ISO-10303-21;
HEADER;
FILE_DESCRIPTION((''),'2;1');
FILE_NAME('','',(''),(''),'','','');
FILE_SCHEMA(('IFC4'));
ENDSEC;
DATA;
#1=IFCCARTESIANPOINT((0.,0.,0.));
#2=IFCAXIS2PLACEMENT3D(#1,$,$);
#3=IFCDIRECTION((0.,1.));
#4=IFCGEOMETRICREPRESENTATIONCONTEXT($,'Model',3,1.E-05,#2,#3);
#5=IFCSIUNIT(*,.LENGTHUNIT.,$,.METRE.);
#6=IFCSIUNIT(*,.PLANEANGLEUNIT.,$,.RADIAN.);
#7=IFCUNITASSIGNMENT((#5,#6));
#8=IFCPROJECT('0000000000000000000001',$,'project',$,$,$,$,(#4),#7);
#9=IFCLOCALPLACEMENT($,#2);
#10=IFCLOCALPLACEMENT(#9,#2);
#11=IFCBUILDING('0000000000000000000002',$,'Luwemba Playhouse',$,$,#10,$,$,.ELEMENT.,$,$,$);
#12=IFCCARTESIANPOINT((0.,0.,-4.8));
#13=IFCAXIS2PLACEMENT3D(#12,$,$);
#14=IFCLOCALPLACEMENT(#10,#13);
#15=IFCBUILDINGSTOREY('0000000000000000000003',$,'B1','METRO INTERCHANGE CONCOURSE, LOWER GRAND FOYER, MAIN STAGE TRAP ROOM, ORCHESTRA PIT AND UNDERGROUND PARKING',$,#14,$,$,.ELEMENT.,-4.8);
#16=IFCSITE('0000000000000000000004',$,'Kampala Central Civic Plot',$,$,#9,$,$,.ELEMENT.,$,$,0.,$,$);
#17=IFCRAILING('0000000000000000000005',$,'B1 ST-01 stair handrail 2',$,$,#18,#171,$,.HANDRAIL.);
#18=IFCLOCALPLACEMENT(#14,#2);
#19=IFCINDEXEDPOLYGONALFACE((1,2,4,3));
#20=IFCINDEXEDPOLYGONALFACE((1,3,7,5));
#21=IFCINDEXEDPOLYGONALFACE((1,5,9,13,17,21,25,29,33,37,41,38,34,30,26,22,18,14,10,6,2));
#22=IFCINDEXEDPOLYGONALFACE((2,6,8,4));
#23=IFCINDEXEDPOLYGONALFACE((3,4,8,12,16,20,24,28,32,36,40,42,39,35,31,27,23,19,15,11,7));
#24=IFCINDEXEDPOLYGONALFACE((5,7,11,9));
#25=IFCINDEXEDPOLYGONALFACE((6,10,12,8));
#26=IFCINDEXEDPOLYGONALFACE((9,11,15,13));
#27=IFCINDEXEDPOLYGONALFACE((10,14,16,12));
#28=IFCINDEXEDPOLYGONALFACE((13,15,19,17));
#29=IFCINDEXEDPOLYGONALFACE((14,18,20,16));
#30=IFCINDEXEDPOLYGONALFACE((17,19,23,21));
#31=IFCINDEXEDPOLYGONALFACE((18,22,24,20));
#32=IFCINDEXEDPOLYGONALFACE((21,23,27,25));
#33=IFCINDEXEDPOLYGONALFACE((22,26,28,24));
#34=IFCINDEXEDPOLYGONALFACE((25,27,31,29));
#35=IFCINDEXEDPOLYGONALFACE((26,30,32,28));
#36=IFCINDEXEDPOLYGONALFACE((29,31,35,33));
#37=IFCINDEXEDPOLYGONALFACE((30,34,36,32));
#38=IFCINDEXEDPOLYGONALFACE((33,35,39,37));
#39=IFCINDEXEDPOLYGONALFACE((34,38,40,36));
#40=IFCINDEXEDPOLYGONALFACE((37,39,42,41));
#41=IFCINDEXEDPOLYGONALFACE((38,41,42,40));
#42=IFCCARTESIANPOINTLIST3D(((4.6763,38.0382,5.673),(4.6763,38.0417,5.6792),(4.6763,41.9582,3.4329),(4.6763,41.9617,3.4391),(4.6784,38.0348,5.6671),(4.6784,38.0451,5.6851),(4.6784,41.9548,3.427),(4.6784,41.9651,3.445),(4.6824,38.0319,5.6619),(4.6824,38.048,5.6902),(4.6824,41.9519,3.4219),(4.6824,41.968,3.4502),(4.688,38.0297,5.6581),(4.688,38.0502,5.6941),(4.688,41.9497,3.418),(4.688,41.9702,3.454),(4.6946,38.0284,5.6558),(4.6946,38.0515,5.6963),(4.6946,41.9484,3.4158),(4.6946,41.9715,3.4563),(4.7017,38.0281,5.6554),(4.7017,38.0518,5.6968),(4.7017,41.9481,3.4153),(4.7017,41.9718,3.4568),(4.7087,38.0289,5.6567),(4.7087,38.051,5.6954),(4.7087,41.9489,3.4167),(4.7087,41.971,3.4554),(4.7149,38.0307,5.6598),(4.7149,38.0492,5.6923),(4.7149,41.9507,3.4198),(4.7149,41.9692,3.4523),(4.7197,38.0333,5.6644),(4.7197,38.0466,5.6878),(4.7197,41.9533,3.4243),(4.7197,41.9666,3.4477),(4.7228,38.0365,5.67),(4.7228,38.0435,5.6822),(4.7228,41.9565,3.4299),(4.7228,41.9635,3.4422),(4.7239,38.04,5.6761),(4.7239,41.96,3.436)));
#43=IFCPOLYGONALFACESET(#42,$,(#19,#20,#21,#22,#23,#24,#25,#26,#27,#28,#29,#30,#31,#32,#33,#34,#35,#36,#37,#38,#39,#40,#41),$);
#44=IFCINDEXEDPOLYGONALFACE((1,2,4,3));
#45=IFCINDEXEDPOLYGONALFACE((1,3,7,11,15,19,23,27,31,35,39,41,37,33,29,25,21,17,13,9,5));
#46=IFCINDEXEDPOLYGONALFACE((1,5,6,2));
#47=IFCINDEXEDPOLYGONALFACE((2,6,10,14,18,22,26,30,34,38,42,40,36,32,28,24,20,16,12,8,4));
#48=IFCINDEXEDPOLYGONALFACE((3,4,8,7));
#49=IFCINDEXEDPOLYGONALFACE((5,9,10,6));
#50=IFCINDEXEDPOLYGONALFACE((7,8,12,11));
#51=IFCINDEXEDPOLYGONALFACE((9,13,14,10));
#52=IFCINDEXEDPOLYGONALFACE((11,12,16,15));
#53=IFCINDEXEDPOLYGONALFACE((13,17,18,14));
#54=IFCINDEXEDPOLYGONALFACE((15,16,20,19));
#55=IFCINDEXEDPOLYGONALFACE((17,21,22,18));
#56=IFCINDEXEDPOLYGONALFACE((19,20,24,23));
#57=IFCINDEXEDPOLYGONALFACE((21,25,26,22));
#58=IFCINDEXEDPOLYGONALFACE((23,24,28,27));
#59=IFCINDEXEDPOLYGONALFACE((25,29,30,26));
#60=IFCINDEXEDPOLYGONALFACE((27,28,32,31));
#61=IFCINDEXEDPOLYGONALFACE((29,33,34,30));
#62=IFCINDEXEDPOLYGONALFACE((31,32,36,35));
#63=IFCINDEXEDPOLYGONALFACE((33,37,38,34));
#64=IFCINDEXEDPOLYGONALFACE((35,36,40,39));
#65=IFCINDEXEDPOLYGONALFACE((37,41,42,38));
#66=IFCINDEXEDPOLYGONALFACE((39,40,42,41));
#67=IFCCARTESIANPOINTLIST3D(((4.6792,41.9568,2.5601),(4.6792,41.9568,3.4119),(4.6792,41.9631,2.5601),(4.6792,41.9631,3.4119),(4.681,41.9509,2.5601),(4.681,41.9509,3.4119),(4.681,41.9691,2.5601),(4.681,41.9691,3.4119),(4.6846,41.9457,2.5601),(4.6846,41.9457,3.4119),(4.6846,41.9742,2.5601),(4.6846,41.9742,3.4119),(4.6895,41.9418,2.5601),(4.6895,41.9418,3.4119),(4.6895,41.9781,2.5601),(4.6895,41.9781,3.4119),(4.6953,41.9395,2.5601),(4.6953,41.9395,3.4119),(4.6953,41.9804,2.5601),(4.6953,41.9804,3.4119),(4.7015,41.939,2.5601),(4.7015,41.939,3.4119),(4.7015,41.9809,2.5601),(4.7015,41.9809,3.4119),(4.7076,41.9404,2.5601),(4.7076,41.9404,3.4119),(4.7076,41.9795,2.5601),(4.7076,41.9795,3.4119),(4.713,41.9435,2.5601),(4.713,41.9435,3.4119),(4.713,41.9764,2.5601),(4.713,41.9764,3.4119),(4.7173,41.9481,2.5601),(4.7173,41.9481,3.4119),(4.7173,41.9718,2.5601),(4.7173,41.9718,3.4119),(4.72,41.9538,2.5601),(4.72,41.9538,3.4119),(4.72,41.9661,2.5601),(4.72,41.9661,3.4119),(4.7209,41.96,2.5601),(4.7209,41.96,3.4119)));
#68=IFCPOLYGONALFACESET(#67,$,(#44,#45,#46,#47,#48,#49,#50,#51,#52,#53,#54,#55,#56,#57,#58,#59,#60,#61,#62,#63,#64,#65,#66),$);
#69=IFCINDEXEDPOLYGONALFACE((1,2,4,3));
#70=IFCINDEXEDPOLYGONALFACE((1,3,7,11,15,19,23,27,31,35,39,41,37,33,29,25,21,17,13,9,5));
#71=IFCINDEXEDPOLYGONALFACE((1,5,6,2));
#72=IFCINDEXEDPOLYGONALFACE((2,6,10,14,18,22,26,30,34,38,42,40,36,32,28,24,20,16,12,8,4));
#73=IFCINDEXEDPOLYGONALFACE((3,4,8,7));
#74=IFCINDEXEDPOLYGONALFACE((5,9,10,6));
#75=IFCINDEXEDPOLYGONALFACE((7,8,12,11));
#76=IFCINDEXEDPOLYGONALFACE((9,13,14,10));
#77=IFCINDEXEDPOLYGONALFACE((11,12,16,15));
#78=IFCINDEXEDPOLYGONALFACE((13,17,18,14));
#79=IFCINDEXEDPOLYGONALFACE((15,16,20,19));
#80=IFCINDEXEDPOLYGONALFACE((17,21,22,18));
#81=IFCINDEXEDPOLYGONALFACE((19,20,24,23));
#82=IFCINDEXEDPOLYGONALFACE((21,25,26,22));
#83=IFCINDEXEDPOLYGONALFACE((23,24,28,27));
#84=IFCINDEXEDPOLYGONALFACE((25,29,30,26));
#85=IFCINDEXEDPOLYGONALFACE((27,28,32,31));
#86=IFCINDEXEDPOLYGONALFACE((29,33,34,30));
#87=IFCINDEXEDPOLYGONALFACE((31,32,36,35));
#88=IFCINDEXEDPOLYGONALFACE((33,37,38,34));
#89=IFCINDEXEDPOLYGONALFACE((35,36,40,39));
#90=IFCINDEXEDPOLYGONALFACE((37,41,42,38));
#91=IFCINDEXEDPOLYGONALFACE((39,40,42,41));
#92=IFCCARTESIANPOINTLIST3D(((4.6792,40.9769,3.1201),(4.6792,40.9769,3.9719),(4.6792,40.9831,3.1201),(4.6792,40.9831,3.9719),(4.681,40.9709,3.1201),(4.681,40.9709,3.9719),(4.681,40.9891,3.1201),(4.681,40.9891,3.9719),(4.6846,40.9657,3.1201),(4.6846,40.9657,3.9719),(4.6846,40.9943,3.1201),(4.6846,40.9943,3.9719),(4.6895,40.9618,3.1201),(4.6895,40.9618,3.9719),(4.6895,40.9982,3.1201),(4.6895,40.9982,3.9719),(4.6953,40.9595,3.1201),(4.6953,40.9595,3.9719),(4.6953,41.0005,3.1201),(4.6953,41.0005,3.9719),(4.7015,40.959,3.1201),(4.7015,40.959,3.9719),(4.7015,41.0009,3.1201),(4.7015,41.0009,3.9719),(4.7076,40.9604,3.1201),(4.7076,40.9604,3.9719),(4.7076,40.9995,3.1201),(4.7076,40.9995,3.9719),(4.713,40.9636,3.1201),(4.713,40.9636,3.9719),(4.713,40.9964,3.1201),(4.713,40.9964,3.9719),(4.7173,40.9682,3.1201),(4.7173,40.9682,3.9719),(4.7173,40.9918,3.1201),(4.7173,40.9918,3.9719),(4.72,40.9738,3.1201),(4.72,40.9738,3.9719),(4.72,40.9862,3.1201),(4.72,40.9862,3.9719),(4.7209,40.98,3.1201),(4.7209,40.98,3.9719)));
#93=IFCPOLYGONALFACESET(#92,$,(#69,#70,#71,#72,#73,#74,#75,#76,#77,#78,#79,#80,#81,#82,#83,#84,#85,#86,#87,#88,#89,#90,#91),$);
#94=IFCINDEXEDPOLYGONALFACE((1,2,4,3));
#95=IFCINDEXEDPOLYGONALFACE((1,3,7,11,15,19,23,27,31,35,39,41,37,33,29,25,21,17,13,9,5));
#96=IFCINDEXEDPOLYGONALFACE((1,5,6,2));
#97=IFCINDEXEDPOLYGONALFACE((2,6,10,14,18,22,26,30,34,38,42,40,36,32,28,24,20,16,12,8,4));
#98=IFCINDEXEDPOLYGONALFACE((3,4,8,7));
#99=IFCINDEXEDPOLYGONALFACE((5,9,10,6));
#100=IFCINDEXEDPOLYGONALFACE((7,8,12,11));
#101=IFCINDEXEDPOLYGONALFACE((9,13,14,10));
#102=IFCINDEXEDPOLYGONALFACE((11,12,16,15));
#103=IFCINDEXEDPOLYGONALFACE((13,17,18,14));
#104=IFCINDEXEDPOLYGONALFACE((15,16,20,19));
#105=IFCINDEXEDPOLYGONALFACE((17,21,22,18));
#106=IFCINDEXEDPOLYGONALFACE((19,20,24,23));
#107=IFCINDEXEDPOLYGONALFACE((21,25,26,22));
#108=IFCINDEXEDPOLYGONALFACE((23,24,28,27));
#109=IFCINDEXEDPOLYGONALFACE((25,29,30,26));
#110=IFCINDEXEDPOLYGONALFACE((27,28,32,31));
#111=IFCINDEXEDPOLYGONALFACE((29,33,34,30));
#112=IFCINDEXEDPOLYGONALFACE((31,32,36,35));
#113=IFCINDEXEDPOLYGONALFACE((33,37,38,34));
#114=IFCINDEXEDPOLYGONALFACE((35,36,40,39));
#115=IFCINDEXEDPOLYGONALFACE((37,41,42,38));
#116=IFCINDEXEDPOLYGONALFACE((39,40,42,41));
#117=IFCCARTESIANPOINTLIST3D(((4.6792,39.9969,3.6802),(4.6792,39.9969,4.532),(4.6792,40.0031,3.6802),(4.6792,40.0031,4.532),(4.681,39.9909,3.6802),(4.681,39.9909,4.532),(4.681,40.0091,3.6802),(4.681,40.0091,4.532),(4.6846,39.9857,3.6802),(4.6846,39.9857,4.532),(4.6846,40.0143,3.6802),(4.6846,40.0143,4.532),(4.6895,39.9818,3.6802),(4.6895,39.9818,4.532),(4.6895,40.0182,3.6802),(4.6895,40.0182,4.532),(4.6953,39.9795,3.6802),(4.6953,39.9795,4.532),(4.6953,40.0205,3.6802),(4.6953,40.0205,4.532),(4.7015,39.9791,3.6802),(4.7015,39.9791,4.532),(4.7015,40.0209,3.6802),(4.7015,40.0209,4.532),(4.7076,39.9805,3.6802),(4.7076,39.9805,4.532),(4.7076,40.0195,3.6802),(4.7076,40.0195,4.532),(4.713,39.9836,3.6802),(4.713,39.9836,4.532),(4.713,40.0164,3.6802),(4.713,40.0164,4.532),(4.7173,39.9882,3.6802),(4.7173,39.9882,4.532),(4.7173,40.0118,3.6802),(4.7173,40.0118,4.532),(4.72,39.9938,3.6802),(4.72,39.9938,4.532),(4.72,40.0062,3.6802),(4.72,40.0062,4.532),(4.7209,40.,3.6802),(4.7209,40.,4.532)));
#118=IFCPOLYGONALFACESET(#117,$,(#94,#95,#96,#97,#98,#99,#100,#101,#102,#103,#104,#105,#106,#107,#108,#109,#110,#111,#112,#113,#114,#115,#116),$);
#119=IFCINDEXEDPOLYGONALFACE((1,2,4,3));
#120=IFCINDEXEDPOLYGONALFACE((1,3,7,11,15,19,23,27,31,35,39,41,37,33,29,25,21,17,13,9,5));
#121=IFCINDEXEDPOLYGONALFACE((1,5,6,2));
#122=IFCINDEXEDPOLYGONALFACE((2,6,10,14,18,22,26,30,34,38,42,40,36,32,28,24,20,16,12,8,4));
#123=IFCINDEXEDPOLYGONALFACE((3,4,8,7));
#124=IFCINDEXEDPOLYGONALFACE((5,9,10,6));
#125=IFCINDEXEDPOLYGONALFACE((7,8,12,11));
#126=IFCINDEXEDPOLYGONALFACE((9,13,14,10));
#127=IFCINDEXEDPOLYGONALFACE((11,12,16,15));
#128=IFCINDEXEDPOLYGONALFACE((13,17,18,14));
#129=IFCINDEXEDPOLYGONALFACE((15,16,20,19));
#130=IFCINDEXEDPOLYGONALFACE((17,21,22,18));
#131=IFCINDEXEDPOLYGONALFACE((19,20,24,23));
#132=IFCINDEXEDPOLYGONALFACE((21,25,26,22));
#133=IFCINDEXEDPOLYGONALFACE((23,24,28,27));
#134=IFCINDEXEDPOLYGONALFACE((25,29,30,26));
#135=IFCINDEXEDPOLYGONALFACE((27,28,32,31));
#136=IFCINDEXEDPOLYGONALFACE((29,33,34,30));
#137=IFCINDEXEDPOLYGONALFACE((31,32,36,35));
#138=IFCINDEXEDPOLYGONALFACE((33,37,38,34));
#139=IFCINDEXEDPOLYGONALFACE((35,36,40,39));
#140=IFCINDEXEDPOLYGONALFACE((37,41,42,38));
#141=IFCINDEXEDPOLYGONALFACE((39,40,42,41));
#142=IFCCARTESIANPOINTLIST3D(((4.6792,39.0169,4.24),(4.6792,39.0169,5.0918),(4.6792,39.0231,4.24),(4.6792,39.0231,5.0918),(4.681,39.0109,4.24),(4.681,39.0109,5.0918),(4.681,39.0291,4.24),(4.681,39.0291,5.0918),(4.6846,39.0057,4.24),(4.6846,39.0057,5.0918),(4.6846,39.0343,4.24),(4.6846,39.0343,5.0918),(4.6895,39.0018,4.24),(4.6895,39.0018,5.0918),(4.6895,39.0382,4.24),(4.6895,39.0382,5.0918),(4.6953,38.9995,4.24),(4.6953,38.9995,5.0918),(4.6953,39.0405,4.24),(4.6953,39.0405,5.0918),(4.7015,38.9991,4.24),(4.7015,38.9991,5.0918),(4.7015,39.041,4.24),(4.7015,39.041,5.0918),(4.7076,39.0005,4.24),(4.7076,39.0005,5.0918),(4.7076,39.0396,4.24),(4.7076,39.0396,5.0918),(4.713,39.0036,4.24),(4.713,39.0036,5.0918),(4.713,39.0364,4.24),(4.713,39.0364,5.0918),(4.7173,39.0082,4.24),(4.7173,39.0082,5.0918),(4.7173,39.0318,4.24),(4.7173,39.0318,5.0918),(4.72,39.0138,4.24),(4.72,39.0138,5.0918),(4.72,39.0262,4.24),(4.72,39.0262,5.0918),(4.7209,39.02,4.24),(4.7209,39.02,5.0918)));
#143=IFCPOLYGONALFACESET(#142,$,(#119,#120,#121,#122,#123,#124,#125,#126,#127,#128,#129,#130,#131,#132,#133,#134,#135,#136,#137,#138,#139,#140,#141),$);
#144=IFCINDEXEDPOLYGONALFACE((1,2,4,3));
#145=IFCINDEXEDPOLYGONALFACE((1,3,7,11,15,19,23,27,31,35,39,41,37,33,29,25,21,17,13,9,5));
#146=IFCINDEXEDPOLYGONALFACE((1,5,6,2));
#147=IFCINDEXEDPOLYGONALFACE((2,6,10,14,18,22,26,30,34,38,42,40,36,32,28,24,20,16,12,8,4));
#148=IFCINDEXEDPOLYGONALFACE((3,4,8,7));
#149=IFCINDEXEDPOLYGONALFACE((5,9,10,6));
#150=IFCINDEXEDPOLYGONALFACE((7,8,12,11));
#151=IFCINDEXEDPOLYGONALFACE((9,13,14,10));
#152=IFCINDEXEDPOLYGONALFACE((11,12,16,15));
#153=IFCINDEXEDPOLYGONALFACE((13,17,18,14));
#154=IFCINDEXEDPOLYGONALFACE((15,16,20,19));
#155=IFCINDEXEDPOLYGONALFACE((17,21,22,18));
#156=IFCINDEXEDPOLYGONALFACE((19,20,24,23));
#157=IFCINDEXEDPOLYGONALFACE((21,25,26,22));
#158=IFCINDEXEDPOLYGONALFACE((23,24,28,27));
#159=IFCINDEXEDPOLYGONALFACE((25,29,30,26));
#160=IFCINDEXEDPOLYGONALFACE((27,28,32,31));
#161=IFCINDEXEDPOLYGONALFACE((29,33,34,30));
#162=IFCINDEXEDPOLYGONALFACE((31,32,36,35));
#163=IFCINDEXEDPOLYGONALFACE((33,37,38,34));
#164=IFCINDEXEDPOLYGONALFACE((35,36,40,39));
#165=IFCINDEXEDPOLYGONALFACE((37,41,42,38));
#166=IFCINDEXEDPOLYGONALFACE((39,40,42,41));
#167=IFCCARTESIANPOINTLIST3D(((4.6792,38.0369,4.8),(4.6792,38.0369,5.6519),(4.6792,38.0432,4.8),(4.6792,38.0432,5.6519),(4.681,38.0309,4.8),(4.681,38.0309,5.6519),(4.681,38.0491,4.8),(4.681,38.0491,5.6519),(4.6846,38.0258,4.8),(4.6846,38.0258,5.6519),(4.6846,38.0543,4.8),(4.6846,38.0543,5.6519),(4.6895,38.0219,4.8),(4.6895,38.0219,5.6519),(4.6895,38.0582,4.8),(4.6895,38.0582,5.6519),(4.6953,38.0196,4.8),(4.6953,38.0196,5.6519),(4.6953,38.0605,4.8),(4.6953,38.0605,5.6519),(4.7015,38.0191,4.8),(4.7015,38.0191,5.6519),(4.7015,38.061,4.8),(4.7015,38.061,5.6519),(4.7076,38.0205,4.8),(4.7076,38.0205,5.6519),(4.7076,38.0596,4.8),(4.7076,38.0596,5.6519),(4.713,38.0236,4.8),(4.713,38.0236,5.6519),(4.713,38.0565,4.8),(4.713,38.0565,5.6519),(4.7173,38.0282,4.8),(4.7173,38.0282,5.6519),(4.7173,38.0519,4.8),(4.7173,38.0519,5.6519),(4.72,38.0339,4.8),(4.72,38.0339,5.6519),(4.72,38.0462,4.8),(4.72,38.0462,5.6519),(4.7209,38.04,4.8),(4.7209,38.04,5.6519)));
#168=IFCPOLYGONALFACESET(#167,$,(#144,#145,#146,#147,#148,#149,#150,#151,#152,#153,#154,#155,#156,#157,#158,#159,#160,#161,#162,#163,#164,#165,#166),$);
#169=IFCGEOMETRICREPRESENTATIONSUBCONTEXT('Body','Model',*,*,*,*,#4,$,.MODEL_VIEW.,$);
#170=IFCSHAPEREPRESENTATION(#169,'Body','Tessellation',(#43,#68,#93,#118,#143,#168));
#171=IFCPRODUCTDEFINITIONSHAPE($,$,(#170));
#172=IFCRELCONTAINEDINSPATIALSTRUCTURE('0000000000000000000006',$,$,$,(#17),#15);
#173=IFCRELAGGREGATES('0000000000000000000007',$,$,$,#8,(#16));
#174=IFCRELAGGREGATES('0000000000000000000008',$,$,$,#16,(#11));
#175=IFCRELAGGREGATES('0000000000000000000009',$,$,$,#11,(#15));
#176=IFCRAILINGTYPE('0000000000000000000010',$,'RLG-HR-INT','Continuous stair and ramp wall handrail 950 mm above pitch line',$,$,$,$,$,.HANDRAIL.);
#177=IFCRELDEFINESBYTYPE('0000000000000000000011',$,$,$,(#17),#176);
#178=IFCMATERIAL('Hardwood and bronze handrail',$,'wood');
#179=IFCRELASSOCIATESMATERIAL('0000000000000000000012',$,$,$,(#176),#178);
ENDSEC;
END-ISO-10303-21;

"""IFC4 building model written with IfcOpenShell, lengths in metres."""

from ifc_helpers import new_model, si_unit, direction, frame, origin, origin_2d, place, context, subcontext, project, spatial, circle, extrude, material, type_object, element, save


model = new_model("IFC4")

# Units and contexts
model_context = context("Model", 3, precision=1e-05, world=origin(), true_north=direction((0.0, 1.0)))
body_context = subcontext(model_context, "Body", "Model", "MODEL_VIEW")
ifc_project = project(units=[si_unit("LENGTHUNIT", "METRE"), si_unit("PLANEANGLEUNIT", "RADIAN")], contexts=[model_context])

# Site, building, storey
site_placement = place(None, origin())
site = spatial("IfcSite", under=ifc_project, at=site_placement, Name="Kampala Central Civic Plot", CompositionType="ELEMENT", RefElevation=0.0)
building_placement = place(site_placement, origin())
building = spatial("IfcBuilding", under=site, at=building_placement, Name="Luwemba Playhouse", CompositionType="ELEMENT")
storey_placement = place(building_placement, frame((0.0, 0.0, -4.8)))
storey = spatial("IfcBuildingStorey", under=building, at=storey_placement, Name="B1", Description="METRO INTERCHANGE CONCOURSE, LOWER GRAND FOYER, MAIN STAGE TRAP ROOM, ORCHESTRA PIT AND UNDERGROUND PARKING", CompositionType="ELEMENT", Elevation=-4.8)

# Railing
ifc_material_1 = material(Name="Hardwood and bronze handrail", Category="wood")
railing_type_1 = type_object("IfcRailingType", Name="RLG-HR-INT", Description="Continuous stair and ramp wall handrail 950 mm above pitch line", PredefinedType="HANDRAIL", material=ifc_material_1)
railing_1_placement = place(storey_placement, frame((4.7, 41.96, 2.5601)))
element("IfcRailing", 1, at=railing_1_placement, inside=storey, type_object=railing_type_1, Name="B1 ST-01 stair handrail 2", PredefinedType="HANDRAIL", context=body_context, shape_type="SweptSolid", body=[
    extrude(circle(Radius=0.0239, at=origin_2d()), frame((0.0, 0.0, 0.876), z_axis=(0.0, -0.86824, 0.496145), x_axis=(1.0, 0.0, 0.0)), (0.0, 0.0, 1.0), 4.5149),
    extrude(circle(Radius=0.021, at=origin_2d()), origin(), (0.0, 0.0, 1.0), 0.8518),
    extrude(circle(Radius=0.021, at=origin_2d()), frame((0.0, -0.98, 0.5601)), (0.0, 0.0, 1.0), 0.8518),
    extrude(circle(Radius=0.021, at=origin_2d()), frame((0.0, -1.96, 1.1201)), (0.0, 0.0, 1.0), 0.8518),
    extrude(circle(Radius=0.021, at=origin_2d()), frame((0.0, -2.9399, 1.6799)), (0.0, 0.0, 1.0), 0.8518),
    extrude(circle(Radius=0.021, at=origin_2d()), frame((0.0, -3.9199, 2.24)), (0.0, 0.0, 1.0), 0.8518),
])

save(model, "model.ifc")
